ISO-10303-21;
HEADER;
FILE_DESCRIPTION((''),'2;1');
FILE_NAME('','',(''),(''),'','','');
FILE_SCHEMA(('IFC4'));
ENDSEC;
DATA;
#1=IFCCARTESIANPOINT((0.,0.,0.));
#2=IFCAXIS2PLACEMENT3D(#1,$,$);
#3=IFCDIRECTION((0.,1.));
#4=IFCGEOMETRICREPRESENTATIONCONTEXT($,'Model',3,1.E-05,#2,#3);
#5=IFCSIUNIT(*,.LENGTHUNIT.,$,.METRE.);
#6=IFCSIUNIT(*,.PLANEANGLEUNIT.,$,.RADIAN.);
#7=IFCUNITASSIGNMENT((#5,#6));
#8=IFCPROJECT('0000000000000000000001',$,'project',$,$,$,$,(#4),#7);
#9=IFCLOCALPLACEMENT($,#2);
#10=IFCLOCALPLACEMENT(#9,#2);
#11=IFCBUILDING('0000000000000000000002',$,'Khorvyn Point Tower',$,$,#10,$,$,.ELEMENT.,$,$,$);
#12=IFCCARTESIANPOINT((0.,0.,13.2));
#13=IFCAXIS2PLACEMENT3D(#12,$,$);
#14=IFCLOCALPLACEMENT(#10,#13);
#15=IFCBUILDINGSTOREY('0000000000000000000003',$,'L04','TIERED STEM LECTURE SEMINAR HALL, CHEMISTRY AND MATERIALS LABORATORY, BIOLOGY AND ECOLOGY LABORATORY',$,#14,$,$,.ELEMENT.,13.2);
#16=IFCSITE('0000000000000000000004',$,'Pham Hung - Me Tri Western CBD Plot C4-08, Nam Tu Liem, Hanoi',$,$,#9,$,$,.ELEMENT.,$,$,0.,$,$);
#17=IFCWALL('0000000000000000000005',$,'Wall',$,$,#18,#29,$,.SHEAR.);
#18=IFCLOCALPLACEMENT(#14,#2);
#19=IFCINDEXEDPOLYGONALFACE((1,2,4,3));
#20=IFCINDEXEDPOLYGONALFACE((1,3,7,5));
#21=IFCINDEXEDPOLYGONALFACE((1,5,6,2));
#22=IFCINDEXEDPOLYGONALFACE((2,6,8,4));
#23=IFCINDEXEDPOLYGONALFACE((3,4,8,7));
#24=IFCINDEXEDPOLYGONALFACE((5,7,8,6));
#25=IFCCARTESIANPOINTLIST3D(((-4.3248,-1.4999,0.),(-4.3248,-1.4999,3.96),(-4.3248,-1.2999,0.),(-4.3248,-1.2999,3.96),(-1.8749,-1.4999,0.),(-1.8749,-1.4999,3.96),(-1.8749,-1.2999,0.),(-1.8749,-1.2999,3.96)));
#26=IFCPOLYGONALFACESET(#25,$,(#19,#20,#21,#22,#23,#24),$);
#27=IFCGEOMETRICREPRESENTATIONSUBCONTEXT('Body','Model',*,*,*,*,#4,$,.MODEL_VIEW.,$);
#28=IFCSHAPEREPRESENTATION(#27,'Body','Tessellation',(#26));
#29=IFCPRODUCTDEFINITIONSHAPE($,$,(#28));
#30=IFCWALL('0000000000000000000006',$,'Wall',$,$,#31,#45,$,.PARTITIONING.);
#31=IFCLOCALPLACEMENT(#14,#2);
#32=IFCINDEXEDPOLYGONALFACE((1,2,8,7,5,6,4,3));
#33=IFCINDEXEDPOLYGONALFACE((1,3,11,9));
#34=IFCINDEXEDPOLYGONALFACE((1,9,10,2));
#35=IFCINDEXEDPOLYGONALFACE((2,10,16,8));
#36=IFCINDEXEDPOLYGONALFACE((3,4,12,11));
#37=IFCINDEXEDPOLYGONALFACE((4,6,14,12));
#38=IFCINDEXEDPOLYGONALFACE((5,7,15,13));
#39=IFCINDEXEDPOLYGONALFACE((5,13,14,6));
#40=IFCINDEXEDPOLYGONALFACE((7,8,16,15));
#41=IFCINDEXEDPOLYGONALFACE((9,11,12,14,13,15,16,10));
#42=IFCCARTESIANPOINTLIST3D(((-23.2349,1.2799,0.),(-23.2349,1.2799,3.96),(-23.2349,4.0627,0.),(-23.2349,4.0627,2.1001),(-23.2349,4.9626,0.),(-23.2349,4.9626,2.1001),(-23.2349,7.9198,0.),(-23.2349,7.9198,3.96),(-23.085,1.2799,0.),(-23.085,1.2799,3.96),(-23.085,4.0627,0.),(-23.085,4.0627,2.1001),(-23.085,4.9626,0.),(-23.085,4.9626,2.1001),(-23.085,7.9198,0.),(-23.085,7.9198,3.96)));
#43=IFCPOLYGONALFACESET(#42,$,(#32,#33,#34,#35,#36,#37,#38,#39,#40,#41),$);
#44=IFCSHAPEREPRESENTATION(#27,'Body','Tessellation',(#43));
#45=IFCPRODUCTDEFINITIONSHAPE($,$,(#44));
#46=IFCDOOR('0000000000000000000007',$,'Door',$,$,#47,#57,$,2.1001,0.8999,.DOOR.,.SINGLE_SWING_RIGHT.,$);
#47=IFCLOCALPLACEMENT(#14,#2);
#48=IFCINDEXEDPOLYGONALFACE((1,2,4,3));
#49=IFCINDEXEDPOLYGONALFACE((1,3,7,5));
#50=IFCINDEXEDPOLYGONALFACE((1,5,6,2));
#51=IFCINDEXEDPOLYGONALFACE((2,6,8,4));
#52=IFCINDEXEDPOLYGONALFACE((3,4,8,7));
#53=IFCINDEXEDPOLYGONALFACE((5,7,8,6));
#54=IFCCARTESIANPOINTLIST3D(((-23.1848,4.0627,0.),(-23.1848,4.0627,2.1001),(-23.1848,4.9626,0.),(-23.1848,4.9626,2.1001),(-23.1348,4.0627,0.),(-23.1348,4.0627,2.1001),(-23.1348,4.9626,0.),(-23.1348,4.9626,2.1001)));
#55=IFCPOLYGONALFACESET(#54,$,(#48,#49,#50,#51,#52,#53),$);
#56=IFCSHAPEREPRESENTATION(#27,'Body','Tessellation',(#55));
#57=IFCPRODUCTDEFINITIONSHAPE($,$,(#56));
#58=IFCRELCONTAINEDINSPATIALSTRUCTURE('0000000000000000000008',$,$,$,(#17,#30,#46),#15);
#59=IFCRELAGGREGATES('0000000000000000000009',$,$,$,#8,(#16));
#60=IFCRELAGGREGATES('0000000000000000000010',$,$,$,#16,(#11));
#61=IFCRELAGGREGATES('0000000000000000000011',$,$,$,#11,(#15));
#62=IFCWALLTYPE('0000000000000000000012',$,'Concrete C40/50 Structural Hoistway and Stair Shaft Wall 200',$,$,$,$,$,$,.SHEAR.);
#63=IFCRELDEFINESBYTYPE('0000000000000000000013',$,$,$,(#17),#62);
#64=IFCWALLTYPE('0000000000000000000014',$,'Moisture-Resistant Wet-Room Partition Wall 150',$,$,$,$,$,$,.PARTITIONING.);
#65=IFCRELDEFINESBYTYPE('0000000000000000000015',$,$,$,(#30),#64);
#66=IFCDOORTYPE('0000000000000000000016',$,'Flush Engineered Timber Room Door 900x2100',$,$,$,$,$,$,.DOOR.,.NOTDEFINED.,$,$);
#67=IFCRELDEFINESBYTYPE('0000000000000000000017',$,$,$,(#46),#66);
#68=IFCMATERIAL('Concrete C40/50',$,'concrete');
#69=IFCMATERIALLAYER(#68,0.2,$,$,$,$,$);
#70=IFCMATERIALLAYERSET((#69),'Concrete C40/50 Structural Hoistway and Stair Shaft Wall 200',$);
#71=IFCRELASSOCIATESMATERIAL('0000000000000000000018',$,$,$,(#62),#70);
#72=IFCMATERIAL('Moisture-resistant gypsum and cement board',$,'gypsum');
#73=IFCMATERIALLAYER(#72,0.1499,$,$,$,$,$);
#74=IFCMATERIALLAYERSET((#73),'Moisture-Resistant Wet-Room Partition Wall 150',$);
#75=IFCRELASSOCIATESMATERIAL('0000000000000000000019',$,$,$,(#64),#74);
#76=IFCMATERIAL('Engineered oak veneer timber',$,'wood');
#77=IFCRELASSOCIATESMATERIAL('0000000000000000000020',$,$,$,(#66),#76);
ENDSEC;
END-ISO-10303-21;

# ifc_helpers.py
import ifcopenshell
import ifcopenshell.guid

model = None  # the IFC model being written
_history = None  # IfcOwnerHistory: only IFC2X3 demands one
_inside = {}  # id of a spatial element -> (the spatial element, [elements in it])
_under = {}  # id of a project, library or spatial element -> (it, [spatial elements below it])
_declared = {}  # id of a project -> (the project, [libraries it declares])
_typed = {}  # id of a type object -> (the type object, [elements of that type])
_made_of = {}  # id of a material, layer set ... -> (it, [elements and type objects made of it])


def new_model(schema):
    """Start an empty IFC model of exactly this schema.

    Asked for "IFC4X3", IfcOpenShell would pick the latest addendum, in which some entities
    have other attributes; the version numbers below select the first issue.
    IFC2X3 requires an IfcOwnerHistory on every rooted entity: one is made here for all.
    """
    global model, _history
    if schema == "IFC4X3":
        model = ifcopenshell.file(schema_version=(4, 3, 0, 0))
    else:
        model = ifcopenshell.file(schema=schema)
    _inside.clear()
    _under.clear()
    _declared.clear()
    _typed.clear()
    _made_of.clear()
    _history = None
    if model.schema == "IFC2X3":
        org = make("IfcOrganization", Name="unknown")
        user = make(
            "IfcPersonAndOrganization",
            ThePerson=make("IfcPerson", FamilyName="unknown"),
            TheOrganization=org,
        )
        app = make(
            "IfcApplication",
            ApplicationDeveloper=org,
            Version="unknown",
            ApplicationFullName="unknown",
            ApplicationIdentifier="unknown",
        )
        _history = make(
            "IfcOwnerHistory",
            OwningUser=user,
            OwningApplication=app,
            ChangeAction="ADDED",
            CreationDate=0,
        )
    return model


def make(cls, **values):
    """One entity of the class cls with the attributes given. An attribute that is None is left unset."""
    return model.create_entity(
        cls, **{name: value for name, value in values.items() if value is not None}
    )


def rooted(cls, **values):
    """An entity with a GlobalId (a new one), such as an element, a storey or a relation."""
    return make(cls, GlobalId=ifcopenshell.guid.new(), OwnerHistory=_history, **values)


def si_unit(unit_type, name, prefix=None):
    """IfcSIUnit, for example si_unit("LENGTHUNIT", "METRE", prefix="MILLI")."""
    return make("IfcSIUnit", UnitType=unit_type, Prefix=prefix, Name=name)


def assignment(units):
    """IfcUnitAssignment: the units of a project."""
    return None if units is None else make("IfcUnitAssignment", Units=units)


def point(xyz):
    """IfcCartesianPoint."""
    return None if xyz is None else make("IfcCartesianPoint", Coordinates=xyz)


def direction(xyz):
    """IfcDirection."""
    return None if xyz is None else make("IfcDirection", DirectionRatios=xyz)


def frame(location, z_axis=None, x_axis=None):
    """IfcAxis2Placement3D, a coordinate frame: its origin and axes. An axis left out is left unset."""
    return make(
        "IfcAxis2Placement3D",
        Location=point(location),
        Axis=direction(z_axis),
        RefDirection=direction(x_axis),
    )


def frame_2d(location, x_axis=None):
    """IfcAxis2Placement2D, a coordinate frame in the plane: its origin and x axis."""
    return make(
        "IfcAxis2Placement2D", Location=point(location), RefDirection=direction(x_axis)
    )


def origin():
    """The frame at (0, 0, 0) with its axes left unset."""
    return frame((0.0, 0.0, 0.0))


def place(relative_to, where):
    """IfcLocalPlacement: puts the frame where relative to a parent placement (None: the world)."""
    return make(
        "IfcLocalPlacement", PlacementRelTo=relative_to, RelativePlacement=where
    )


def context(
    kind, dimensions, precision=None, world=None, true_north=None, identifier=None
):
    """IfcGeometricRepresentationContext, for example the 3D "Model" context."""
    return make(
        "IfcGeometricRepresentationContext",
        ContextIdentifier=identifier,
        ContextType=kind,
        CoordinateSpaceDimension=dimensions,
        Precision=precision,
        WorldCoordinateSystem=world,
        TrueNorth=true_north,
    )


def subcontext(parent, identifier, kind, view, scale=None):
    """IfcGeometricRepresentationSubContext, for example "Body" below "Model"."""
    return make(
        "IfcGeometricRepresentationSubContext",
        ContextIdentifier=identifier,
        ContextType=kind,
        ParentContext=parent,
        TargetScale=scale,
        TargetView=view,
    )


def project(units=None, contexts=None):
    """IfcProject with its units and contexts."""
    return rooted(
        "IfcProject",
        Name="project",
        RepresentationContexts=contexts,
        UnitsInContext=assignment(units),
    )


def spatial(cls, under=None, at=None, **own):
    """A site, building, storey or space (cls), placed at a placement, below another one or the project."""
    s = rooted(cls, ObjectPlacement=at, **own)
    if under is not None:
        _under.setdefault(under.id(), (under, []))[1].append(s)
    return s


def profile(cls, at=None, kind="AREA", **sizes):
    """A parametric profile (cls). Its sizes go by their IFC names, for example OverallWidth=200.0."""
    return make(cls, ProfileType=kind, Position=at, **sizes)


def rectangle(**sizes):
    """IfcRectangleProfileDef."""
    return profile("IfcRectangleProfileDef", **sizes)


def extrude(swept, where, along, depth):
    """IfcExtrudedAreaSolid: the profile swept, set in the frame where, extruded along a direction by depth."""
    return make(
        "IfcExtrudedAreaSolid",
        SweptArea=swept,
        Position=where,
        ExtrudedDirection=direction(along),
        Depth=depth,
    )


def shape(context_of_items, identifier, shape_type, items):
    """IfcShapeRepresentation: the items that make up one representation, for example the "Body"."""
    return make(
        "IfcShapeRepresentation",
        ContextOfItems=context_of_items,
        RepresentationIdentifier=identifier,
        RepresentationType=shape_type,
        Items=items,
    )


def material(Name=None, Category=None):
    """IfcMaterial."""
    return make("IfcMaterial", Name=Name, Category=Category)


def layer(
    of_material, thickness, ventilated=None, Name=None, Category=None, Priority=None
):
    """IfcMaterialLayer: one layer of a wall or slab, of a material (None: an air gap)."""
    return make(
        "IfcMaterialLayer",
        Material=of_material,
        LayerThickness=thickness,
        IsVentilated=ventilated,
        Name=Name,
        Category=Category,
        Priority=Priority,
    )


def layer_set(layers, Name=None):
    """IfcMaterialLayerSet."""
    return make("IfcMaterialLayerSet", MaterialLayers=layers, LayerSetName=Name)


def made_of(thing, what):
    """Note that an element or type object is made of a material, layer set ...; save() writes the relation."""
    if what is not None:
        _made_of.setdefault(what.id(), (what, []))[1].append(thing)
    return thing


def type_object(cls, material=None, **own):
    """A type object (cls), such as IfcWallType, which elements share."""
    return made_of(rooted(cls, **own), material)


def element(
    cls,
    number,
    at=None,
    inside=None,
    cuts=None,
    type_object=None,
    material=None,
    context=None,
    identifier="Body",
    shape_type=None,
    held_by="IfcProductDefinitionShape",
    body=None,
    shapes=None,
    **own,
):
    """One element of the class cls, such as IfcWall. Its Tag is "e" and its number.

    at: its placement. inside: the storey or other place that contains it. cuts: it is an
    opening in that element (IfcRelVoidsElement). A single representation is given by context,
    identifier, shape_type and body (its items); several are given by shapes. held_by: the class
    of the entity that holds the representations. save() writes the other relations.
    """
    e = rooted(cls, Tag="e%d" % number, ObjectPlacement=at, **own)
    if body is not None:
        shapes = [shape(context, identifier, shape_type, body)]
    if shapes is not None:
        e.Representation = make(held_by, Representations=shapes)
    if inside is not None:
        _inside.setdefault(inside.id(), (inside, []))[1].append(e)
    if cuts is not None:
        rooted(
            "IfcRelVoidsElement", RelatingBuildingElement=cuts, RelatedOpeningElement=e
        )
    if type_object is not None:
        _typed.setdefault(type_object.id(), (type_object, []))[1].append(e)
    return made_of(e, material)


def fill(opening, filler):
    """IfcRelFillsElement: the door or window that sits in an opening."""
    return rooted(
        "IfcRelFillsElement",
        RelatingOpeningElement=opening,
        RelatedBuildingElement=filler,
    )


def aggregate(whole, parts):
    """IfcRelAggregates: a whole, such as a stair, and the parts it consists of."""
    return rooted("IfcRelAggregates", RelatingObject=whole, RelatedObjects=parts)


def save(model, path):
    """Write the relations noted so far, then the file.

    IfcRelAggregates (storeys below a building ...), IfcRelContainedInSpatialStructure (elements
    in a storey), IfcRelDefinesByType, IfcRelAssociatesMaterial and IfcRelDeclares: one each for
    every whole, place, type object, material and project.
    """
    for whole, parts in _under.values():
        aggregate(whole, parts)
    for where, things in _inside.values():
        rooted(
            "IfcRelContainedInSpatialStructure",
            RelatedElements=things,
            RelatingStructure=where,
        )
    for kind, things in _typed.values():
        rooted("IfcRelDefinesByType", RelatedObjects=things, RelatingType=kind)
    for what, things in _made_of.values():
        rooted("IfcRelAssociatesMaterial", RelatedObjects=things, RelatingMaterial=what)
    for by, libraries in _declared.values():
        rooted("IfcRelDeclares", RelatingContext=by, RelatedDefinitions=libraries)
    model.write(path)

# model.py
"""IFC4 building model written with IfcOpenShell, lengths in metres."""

from ifc_helpers import new_model, si_unit, direction, frame, frame_2d, origin, place, context, subcontext, project, spatial, rectangle, extrude, material, layer, layer_set, type_object, element, fill, save


model = new_model("IFC4")

# Units and contexts
model_context = context("Model", 3, precision=1e-05, world=origin(), true_north=direction((0.0, 1.0)))
body_context = subcontext(model_context, "Body", "Model", "MODEL_VIEW")
ifc_project = project(units=[si_unit("LENGTHUNIT", "METRE"), si_unit("PLANEANGLEUNIT", "RADIAN")], contexts=[model_context])

# Site, building, storey
site_placement = place(None, origin())
site = spatial("IfcSite", under=ifc_project, at=site_placement, Name="Pham Hung - Me Tri Western CBD Plot C4-08, Nam Tu Liem, Hanoi", CompositionType="ELEMENT", RefElevation=0.0)
building_placement = place(site_placement, origin())
building = spatial("IfcBuilding", under=site, at=building_placement, Name="Khorvyn Point Tower", CompositionType="ELEMENT")
storey_placement = place(building_placement, frame((0.0, 0.0, 13.2)))
storey = spatial("IfcBuildingStorey", under=building, at=storey_placement, Name="L04", Description="TIERED STEM LECTURE SEMINAR HALL, CHEMISTRY AND MATERIALS LABORATORY, BIOLOGY AND ECOLOGY LABORATORY", CompositionType="ELEMENT", Elevation=13.2)

# Shared definitions
ifc_material_1 = material(Name="Concrete C40/50", Category="concrete")

# Shared definitions
ifc_layer_1 = layer(ifc_material_1, 0.2)
ifc_layer_set_1 = layer_set([ifc_layer_1], Name="Concrete C40/50 Structural Hoistway and Stair Shaft Wall 200")
wall_type_1 = type_object("IfcWallType", Name="Concrete C40/50 Structural Hoistway and Stair Shaft Wall 200", PredefinedType="SHEAR", material=ifc_layer_set_1)

# Wall
wall_1_placement = place(storey_placement, frame((-4.325, -1.3999, 0.0), z_axis=(0.0, 0.0, 1.0), x_axis=(1.0, 0.0, 0.0)))
element("IfcWall", 1, at=wall_1_placement, inside=storey, type_object=wall_type_1, Name="Wall", PredefinedType="SHEAR", context=body_context, shape_type="SweptSolid", body=[
    extrude(rectangle(XDim=2.45, YDim=0.2, at=frame_2d((1.2251, 0.0))), origin(), (0.0, 0.0, 1.0), 3.96),
])

# Wall, opening, door
ifc_material_2 = material(Name="Moisture-resistant gypsum and cement board", Category="gypsum")
ifc_layer_2 = layer(ifc_material_2, 0.1499)
ifc_layer_set_2 = layer_set([ifc_layer_2], Name="Moisture-Resistant Wet-Room Partition Wall 150")
wall_type_2 = type_object("IfcWallType", Name="Moisture-Resistant Wet-Room Partition Wall 150", PredefinedType="PARTITIONING", material=ifc_layer_set_2)
wall_2_placement = place(storey_placement, frame((-23.1599, 1.28, 0.0), z_axis=(0.0, 0.0, 1.0), x_axis=(0.0, 1.0, 0.0)))
wall_2 = element("IfcWall", 2, at=wall_2_placement, inside=storey, type_object=wall_type_2, Name="Wall", PredefinedType="PARTITIONING", context=body_context, shape_type="SweptSolid", body=[
    extrude(rectangle(XDim=6.6399, YDim=0.1499, at=frame_2d((3.3198, 0.0))), origin(), (0.0, 0.0, 1.0), 3.96),
])
opening_1_placement = place(wall_2_placement, frame((2.7827, 0.0, 0.0)))
opening_1 = element("IfcOpeningElement", 3, at=opening_1_placement, cuts=wall_2, PredefinedType="OPENING", context=body_context, shape_type="SweptSolid", body=[
    extrude(rectangle(XDim=0.8999, YDim=2.1001, at=frame_2d((0.45, 1.05))), frame((0.0, 0.085, 0.0), z_axis=(0.0, -1.0, 0.0), x_axis=(1.0, 0.0, 0.0)), (0.0, 0.0, 1.0), 0.1699),
])
ifc_material_3 = material(Name="Engineered oak veneer timber", Category="wood")
door_type_1 = type_object("IfcDoorType", Name="Flush Engineered Timber Room Door 900x2100", OperationType="NOTDEFINED", PredefinedType="DOOR", material=ifc_material_3)
door_1_placement = place(opening_1_placement, origin())
door_1 = element("IfcDoor", 4, at=door_1_placement, inside=storey, type_object=door_type_1, Name="Door", OperationType="SINGLE_SWING_RIGHT", OverallHeight=2.1001, OverallWidth=0.8999, PredefinedType="DOOR", context=body_context, shape_type="SweptSolid", body=[
    extrude(rectangle(XDim=0.8999, YDim=2.1001, at=frame_2d((0.45, 1.05))), frame((0.0, 0.0249, 0.0), z_axis=(0.0, -1.0, 0.0), x_axis=(1.0, 0.0, 0.0)), (0.0, 0.0, 1.0), 0.05),
])
fill(opening_1, door_1)

save(model, "model.ifc")
